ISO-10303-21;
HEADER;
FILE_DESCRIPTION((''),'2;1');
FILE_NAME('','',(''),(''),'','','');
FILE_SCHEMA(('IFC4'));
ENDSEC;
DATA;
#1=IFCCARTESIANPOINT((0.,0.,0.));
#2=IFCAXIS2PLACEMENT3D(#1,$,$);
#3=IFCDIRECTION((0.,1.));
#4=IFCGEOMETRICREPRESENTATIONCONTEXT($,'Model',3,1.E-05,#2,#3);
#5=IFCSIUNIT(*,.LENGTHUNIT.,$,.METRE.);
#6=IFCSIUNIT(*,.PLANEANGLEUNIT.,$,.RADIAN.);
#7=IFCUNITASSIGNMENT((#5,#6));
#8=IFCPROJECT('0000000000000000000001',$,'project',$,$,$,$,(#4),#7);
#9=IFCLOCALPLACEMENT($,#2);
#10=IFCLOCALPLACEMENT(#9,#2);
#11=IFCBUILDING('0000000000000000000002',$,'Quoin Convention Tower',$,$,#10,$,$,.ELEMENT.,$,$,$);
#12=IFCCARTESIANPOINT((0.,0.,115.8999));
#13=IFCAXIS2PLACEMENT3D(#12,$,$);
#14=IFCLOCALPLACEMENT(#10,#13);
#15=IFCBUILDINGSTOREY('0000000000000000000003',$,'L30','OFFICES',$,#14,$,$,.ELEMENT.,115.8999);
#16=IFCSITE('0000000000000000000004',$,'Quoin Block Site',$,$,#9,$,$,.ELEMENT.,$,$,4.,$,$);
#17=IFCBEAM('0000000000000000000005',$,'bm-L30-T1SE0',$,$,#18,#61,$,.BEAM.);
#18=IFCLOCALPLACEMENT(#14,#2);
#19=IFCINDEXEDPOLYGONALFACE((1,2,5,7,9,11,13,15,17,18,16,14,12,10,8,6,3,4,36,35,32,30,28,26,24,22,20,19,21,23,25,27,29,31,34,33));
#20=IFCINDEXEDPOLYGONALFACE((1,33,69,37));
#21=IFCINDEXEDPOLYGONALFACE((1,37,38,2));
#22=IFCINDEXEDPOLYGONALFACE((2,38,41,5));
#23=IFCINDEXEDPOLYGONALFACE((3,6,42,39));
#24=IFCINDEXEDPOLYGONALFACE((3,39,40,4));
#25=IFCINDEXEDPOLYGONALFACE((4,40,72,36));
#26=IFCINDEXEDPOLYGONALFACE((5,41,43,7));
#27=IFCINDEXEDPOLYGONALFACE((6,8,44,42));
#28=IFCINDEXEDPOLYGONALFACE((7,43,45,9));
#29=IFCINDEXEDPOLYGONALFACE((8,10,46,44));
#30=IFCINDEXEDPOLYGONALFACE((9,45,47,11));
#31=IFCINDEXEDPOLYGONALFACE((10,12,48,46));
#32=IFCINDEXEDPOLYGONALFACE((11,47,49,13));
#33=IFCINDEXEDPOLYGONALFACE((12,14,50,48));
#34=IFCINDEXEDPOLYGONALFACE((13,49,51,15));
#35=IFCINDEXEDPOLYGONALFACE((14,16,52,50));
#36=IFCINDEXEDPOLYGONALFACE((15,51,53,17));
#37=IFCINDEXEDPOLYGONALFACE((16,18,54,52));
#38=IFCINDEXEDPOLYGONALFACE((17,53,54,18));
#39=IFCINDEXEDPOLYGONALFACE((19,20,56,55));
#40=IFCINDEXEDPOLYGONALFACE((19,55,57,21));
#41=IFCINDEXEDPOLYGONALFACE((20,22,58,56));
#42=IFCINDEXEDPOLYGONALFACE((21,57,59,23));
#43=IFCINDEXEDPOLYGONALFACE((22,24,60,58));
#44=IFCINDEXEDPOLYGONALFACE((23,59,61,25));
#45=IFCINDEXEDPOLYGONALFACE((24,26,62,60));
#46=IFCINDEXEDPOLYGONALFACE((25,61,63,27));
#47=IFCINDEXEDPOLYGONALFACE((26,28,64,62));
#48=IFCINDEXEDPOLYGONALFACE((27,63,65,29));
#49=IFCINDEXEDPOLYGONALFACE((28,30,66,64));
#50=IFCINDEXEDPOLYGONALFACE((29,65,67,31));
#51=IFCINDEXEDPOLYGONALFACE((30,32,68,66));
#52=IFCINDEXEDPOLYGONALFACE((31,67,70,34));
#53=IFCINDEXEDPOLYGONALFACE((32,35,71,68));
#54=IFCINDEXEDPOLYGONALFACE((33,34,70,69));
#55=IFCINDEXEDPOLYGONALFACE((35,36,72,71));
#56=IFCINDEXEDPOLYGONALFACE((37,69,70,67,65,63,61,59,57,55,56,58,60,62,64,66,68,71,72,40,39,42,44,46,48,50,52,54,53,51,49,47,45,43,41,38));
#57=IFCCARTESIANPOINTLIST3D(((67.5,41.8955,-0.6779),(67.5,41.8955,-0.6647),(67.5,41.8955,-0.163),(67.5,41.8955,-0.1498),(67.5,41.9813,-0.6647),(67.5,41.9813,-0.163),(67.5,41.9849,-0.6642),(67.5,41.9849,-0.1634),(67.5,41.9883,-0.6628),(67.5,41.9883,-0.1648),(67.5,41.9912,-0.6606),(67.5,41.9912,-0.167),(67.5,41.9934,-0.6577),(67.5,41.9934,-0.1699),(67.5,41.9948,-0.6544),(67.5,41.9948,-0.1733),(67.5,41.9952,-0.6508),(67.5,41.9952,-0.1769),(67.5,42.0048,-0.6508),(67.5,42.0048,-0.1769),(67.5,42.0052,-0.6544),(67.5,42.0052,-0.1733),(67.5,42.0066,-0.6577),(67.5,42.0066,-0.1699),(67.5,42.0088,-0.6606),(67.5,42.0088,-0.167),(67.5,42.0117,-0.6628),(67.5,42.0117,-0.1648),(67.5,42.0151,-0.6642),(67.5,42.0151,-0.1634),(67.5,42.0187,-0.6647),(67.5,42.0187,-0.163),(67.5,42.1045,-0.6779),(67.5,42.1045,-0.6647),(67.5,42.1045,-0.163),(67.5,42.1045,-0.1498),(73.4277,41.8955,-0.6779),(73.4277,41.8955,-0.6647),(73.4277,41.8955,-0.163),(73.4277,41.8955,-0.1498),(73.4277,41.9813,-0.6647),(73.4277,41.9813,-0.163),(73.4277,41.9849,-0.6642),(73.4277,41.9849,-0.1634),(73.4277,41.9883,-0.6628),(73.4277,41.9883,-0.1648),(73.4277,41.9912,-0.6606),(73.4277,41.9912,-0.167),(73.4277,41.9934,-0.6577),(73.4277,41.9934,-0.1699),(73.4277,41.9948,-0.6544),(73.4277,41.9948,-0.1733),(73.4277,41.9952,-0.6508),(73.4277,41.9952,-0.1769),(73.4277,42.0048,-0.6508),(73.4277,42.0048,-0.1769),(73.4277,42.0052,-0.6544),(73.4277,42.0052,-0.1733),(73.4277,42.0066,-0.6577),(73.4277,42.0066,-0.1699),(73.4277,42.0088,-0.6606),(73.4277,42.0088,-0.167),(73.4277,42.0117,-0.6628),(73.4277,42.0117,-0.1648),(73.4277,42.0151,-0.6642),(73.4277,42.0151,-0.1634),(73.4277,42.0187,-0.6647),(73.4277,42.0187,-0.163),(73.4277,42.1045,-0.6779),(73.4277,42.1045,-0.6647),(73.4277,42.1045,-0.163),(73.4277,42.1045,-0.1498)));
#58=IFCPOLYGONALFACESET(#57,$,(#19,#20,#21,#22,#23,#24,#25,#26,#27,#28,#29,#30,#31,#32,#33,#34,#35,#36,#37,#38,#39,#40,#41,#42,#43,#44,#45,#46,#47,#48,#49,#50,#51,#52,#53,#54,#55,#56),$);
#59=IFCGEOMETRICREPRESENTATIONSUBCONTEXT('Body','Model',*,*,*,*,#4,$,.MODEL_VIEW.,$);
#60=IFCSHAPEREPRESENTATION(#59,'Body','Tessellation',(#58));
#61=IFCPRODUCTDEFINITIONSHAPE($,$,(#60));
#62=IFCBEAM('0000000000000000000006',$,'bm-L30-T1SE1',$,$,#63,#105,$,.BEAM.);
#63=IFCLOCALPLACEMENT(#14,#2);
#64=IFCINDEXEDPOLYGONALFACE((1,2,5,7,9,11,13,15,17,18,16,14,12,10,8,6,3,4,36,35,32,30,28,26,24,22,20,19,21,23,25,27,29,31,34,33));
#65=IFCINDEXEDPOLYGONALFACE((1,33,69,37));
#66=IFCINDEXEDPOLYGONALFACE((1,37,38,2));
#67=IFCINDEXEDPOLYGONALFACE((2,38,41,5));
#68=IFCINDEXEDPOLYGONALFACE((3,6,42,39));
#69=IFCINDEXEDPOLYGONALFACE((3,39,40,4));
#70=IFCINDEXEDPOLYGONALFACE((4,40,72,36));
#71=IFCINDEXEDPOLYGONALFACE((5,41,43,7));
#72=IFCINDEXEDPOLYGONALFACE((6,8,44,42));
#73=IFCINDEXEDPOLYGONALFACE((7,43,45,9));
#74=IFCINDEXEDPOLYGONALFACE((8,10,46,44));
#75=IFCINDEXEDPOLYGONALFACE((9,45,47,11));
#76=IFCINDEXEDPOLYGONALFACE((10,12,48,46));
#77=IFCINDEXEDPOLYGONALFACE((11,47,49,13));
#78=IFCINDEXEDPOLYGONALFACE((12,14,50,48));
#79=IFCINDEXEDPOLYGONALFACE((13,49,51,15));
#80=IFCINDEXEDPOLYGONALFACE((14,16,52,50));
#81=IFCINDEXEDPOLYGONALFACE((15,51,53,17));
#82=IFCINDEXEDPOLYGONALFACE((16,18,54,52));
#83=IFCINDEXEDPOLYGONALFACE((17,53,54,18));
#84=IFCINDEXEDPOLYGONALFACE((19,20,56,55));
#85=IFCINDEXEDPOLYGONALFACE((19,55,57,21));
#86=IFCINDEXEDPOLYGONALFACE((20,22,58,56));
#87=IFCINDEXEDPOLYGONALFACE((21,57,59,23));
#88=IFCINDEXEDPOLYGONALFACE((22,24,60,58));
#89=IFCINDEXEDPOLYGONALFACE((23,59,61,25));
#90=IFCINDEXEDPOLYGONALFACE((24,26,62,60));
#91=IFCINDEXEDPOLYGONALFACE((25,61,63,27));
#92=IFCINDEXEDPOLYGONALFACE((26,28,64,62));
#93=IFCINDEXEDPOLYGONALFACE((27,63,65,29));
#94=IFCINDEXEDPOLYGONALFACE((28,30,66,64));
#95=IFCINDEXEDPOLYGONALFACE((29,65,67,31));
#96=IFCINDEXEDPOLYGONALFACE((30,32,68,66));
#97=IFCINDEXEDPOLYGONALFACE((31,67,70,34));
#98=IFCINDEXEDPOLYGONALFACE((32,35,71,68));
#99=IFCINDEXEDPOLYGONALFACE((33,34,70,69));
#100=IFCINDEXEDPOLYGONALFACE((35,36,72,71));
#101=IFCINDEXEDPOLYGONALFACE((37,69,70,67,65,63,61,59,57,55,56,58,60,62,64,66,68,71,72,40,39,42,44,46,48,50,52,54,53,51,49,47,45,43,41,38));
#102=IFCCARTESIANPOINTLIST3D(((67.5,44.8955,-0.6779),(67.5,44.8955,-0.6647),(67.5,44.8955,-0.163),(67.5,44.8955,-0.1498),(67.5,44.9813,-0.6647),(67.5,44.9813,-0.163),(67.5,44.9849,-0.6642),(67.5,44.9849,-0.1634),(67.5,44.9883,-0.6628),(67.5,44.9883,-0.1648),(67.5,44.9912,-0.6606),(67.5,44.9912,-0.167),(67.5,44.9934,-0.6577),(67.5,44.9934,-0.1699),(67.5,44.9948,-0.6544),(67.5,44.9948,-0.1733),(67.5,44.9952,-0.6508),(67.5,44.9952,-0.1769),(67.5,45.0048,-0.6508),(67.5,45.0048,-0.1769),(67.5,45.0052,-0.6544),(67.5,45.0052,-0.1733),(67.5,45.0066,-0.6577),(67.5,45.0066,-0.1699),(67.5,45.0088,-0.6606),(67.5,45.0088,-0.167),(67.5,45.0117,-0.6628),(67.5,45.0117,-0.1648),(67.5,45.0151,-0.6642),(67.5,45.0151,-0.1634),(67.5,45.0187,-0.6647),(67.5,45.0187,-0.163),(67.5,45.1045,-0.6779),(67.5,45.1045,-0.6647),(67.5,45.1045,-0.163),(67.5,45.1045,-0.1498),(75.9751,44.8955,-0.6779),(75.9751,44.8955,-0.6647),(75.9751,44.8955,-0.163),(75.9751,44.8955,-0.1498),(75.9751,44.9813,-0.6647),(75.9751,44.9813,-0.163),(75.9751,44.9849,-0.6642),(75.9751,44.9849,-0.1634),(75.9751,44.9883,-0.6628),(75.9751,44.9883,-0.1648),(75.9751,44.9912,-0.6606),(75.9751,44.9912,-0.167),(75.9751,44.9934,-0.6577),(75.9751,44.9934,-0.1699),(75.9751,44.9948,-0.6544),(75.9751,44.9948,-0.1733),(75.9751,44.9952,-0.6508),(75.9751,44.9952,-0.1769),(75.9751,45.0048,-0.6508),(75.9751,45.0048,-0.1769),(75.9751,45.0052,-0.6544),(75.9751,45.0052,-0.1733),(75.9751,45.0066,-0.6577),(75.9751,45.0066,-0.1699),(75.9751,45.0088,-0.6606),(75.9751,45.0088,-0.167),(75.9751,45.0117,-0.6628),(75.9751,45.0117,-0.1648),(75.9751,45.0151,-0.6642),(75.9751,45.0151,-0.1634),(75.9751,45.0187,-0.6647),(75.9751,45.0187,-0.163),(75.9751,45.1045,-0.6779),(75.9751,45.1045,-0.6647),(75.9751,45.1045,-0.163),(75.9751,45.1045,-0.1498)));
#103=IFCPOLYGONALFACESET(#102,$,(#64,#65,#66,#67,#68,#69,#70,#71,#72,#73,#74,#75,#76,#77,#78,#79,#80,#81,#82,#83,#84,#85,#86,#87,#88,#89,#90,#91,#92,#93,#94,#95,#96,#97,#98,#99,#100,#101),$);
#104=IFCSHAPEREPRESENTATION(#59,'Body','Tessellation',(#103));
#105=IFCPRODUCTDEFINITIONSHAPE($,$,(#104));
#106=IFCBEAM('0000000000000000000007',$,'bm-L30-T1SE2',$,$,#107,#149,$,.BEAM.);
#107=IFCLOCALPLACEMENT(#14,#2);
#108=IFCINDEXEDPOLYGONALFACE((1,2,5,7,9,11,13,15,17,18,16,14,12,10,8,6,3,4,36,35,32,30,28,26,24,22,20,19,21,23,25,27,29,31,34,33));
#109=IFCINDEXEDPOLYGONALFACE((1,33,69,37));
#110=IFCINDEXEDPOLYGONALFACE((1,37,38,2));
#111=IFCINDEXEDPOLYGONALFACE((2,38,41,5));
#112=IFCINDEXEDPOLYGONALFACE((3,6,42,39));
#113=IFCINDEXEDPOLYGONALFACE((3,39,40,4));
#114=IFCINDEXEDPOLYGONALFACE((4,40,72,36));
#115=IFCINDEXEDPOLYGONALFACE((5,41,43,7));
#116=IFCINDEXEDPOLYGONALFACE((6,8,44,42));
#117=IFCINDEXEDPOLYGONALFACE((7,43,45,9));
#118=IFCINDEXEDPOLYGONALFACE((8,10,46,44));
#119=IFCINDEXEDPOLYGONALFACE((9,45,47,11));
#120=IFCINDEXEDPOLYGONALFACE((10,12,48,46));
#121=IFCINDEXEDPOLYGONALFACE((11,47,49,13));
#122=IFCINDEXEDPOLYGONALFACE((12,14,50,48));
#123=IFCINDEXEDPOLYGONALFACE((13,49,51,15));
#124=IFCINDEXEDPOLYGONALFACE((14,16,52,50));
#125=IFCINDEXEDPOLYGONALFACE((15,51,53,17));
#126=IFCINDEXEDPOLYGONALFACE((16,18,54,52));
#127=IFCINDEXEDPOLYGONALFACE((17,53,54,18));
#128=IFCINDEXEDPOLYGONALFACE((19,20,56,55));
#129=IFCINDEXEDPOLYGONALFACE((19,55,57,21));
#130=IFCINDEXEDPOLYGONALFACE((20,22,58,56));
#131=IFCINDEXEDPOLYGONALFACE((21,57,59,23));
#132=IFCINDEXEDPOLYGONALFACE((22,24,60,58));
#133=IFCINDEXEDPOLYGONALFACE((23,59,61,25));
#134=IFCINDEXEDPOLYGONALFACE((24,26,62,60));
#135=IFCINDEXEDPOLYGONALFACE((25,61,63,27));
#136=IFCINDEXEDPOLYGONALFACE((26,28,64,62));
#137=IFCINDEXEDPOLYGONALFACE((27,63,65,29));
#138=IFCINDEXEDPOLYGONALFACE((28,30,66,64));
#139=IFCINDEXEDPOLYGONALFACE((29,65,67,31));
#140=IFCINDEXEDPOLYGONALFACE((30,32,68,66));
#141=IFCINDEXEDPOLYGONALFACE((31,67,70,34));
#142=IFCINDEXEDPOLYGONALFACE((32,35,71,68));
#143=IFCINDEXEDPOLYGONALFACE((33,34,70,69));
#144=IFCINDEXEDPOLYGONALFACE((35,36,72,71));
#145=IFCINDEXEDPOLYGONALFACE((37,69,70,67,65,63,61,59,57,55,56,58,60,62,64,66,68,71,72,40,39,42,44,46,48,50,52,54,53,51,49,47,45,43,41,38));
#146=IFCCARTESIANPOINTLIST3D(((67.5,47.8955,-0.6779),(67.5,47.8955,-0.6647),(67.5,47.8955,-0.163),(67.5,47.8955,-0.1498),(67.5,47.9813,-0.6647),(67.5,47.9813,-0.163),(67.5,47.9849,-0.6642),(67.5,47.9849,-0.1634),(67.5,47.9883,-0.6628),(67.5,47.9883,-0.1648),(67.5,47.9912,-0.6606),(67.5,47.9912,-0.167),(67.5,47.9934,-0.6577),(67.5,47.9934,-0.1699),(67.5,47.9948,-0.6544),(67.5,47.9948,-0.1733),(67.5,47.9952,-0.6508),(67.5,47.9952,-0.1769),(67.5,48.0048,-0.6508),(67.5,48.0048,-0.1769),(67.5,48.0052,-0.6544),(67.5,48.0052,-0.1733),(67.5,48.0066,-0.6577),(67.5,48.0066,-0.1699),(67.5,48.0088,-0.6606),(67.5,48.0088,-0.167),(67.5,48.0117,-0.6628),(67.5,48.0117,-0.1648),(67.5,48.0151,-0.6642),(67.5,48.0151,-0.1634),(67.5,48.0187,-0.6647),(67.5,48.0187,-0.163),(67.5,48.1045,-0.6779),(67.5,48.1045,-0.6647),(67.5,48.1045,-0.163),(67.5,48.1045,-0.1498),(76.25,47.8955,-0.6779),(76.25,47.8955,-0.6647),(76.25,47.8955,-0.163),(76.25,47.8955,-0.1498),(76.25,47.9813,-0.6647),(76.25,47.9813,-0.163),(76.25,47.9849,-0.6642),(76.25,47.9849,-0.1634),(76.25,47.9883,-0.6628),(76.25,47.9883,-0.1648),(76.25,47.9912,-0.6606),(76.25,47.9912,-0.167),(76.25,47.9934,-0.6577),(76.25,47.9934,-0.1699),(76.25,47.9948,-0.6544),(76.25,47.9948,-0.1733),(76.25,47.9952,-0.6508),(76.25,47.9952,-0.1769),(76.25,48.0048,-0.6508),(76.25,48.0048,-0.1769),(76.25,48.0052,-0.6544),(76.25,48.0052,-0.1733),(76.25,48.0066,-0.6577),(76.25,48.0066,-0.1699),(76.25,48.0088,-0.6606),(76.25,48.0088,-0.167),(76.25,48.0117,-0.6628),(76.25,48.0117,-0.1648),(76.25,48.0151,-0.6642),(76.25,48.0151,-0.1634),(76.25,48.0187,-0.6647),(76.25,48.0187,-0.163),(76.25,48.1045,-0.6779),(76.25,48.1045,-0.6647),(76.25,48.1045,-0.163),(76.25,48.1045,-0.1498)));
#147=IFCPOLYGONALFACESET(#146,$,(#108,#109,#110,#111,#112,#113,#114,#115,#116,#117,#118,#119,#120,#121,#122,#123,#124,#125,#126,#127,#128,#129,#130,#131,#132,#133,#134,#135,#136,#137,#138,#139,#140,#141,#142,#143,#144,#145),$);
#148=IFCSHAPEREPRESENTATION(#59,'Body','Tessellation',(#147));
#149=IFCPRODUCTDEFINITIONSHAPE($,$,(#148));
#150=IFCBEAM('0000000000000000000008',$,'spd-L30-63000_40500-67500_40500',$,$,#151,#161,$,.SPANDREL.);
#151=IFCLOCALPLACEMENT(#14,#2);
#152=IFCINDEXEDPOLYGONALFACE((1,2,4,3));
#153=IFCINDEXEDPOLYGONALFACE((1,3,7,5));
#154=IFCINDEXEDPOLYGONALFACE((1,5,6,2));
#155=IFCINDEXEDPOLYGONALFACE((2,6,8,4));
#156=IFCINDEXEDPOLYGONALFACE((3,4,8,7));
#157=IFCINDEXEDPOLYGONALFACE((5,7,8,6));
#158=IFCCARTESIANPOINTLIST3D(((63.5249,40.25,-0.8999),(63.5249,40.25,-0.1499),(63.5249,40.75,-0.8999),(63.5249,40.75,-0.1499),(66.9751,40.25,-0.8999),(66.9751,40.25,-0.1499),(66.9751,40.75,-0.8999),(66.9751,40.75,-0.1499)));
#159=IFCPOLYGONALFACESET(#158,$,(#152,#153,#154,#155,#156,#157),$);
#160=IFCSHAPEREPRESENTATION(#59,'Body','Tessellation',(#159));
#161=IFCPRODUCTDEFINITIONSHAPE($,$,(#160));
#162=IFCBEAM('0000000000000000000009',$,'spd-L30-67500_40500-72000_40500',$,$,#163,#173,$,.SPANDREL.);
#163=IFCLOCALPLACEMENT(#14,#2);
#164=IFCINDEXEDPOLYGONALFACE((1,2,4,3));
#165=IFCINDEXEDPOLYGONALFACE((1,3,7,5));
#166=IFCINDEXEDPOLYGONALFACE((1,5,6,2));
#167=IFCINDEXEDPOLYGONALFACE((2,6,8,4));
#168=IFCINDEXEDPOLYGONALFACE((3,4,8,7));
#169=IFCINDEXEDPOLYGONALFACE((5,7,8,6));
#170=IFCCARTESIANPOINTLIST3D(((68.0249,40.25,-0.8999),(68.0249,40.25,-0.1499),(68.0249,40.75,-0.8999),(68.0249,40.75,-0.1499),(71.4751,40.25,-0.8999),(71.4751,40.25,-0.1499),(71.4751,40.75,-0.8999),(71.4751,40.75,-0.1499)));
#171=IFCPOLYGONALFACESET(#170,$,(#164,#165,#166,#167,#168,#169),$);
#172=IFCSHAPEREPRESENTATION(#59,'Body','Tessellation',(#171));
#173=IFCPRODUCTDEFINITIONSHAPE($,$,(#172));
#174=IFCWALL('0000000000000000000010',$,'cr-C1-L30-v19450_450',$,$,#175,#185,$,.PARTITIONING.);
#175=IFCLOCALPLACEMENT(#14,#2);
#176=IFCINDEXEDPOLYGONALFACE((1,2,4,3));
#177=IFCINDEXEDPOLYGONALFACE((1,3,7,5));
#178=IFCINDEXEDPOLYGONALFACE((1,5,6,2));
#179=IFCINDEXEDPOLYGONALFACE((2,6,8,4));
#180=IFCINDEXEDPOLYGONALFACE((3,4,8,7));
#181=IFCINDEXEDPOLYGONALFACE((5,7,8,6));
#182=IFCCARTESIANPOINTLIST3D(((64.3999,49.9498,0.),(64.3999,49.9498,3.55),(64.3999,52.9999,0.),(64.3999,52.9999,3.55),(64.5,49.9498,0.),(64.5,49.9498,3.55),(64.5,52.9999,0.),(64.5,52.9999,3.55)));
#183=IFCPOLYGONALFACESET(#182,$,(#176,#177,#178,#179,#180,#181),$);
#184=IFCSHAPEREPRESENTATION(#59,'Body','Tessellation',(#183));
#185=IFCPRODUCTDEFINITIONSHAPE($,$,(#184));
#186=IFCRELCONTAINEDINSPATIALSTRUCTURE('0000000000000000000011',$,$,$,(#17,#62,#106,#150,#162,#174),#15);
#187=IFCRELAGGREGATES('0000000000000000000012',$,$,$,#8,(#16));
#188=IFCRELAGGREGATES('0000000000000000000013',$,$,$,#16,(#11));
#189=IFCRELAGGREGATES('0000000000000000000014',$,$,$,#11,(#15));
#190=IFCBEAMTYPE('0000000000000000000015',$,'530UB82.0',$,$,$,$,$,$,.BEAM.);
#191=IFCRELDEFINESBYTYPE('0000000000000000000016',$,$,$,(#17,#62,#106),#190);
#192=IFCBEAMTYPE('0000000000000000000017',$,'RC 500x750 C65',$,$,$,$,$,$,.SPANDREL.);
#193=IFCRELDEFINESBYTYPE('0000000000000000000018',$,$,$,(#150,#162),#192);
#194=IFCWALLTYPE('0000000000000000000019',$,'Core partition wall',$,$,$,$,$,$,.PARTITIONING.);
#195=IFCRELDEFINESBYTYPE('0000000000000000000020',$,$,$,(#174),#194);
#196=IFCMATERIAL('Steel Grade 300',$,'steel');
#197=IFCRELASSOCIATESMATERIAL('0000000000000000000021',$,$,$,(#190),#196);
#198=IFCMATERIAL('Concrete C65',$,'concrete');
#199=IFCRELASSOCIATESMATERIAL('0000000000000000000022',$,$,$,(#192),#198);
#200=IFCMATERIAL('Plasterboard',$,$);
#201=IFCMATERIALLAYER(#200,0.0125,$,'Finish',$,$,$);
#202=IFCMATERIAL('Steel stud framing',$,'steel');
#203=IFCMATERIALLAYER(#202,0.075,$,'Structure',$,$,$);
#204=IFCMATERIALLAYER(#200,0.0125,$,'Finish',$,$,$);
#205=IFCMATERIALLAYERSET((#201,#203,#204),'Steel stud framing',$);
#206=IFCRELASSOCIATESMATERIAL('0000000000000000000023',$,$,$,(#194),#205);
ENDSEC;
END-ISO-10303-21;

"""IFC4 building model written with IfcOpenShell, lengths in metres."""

from ifc_helpers import new_model, si_unit, direction, frame, frame_2d, origin, origin_2d, place, context, subcontext, project, spatial, rectangle, i_section, extrude, material, layer, layer_set, material_profile, profile_set, type_object, element, save


model = new_model("IFC4")

# Units and contexts
model_context = context("Model", 3, precision=1e-05, world=origin(), true_north=direction((0.0, 1.0)))
body_context = subcontext(model_context, "Body", "Model", "MODEL_VIEW")
ifc_project = project(units=[si_unit("LENGTHUNIT", "METRE"), si_unit("PLANEANGLEUNIT", "RADIAN")], contexts=[model_context])

# Site, building, storey
site_placement = place(None, origin())
site = spatial("IfcSite", under=ifc_project, at=site_placement, Name="Quoin Block Site", CompositionType="ELEMENT", RefElevation=4.0)
building_placement = place(site_placement, origin())
building = spatial("IfcBuilding", under=site, at=building_placement, Name="Quoin Convention Tower", CompositionType="ELEMENT")
storey_placement = place(building_placement, frame((0.0, 0.0, 115.8999)))
storey = spatial("IfcBuildingStorey", under=building, at=storey_placement, Name="L30", Description="OFFICES", CompositionType="ELEMENT", Elevation=115.8999)

# Shared definitions
ifc_material_1 = material(Name="Concrete C65", Category="concrete")

# Beams
ifc_material_2 = material(Name="Steel Grade 300", Category="steel")
ifc_material_profile_1 = material_profile(ifc_material_2, i_section(OverallWidth=0.209, OverallDepth=0.5281, WebThickness=0.0095, FlangeThickness=0.0132, FilletRadius=0.0139, at=origin_2d()), Name="530UB82.0")
ifc_profile_set_1 = profile_set([ifc_material_profile_1], Name="Steel Grade 300")
beam_type_1 = type_object("IfcBeamType", Name="530UB82.0", PredefinedType="BEAM", material=ifc_profile_set_1)
beam_1_placement = place(storey_placement, frame((67.5, 42.0, -0.4138), z_axis=(1.0, 0.0, 0.0), x_axis=(0.0, 1.0, 0.0)))
element("IfcBeam", 1, at=beam_1_placement, inside=storey, type_object=beam_type_1, Name="bm-L30-T1SE0", PredefinedType="BEAM", context=body_context, shape_type="SweptSolid", body=[
    extrude(i_section(OverallWidth=0.209, OverallDepth=0.5281, WebThickness=0.0095, FlangeThickness=0.0132, FilletRadius=0.0139, at=origin_2d()), origin(), (0.0, 0.0, 1.0), 5.9277),
])
beam_2_placement = place(storey_placement, frame((67.5, 45.0, -0.4138), z_axis=(1.0, 0.0, 0.0), x_axis=(0.0, 1.0, 0.0)))
element("IfcBeam", 2, at=beam_2_placement, inside=storey, type_object=beam_type_1, Name="bm-L30-T1SE1", PredefinedType="BEAM", context=body_context, shape_type="SweptSolid", body=[
    extrude(i_section(OverallWidth=0.209, OverallDepth=0.5281, WebThickness=0.0095, FlangeThickness=0.0132, FilletRadius=0.0139, at=origin_2d()), origin(), (0.0, 0.0, 1.0), 8.4751),
])
beam_3_placement = place(storey_placement, frame((67.5, 48.0, -0.4138), z_axis=(1.0, 0.0, 0.0), x_axis=(0.0, 1.0, 0.0)))
element("IfcBeam", 3, at=beam_3_placement, inside=storey, type_object=beam_type_1, Name="bm-L30-T1SE2", PredefinedType="BEAM", context=body_context, shape_type="SweptSolid", body=[
    extrude(i_section(OverallWidth=0.209, OverallDepth=0.5281, WebThickness=0.0095, FlangeThickness=0.0132, FilletRadius=0.0139, at=origin_2d()), origin(), (0.0, 0.0, 1.0), 8.75),
])
ifc_material_profile_2 = material_profile(ifc_material_1, rectangle(XDim=0.5, YDim=0.75, at=origin_2d()), Name="RC 500x750")
ifc_profile_set_2 = profile_set([ifc_material_profile_2], Name="Concrete C65")
beam_type_2 = type_object("IfcBeamType", Name="RC 500x750 C65", PredefinedType="SPANDREL", material=ifc_profile_set_2)
for number, where, z_axis, x_axis, name in (
    (4, (63.5249, 40.5, -0.5249), (1.0, 0.0, 0.0), (0.0, 1.0, 0.0), "spd-L30-63000_40500-67500_40500"),
    (5, (68.0249, 40.5, -0.5249), (1.0, 0.0, 0.0), (0.0, 1.0, 0.0), "spd-L30-67500_40500-72000_40500"),
):
    element("IfcBeam", number, at=place(storey_placement, frame(where, z_axis=z_axis, x_axis=x_axis)), inside=storey, type_object=beam_type_2, Name=name, PredefinedType="SPANDREL", context=body_context, shape_type="SweptSolid", body=[
        extrude(rectangle(XDim=0.5, YDim=0.75, at=origin_2d()), origin(), (0.0, 0.0, 1.0), 3.4502),
    ])

# Wall
ifc_material_3 = material(Name="Plasterboard")
ifc_layer_1 = layer(ifc_material_3, 0.0125, Name="Finish")
ifc_material_4 = material(Name="Steel stud framing", Category="steel")
ifc_layer_2 = layer(ifc_material_4, 0.075, Name="Structure")
ifc_layer_3 = layer(ifc_material_3, 0.0125, Name="Finish")
ifc_layer_set_1 = layer_set([ifc_layer_1, ifc_layer_2, ifc_layer_3], Name="Steel stud framing")
wall_type_1 = type_object("IfcWallType", Name="Core partition wall", PredefinedType="PARTITIONING", material=ifc_layer_set_1)
wall_1_placement = place(storey_placement, frame((64.45, 49.95, 0.0), z_axis=(0.0, 0.0, 1.0), x_axis=(0.0, 1.0, 0.0)))
element("IfcWall", 6, at=wall_1_placement, inside=storey, type_object=wall_type_1, Name="cr-C1-L30-v19450_450", PredefinedType="PARTITIONING", context=body_context, shape_type="SweptSolid", body=[
    extrude(rectangle(XDim=3.05, YDim=0.1001, at=frame_2d((1.5249, 0.0))), origin(), (0.0, 0.0, 1.0), 3.55),
])

save(model, "model.ifc")
